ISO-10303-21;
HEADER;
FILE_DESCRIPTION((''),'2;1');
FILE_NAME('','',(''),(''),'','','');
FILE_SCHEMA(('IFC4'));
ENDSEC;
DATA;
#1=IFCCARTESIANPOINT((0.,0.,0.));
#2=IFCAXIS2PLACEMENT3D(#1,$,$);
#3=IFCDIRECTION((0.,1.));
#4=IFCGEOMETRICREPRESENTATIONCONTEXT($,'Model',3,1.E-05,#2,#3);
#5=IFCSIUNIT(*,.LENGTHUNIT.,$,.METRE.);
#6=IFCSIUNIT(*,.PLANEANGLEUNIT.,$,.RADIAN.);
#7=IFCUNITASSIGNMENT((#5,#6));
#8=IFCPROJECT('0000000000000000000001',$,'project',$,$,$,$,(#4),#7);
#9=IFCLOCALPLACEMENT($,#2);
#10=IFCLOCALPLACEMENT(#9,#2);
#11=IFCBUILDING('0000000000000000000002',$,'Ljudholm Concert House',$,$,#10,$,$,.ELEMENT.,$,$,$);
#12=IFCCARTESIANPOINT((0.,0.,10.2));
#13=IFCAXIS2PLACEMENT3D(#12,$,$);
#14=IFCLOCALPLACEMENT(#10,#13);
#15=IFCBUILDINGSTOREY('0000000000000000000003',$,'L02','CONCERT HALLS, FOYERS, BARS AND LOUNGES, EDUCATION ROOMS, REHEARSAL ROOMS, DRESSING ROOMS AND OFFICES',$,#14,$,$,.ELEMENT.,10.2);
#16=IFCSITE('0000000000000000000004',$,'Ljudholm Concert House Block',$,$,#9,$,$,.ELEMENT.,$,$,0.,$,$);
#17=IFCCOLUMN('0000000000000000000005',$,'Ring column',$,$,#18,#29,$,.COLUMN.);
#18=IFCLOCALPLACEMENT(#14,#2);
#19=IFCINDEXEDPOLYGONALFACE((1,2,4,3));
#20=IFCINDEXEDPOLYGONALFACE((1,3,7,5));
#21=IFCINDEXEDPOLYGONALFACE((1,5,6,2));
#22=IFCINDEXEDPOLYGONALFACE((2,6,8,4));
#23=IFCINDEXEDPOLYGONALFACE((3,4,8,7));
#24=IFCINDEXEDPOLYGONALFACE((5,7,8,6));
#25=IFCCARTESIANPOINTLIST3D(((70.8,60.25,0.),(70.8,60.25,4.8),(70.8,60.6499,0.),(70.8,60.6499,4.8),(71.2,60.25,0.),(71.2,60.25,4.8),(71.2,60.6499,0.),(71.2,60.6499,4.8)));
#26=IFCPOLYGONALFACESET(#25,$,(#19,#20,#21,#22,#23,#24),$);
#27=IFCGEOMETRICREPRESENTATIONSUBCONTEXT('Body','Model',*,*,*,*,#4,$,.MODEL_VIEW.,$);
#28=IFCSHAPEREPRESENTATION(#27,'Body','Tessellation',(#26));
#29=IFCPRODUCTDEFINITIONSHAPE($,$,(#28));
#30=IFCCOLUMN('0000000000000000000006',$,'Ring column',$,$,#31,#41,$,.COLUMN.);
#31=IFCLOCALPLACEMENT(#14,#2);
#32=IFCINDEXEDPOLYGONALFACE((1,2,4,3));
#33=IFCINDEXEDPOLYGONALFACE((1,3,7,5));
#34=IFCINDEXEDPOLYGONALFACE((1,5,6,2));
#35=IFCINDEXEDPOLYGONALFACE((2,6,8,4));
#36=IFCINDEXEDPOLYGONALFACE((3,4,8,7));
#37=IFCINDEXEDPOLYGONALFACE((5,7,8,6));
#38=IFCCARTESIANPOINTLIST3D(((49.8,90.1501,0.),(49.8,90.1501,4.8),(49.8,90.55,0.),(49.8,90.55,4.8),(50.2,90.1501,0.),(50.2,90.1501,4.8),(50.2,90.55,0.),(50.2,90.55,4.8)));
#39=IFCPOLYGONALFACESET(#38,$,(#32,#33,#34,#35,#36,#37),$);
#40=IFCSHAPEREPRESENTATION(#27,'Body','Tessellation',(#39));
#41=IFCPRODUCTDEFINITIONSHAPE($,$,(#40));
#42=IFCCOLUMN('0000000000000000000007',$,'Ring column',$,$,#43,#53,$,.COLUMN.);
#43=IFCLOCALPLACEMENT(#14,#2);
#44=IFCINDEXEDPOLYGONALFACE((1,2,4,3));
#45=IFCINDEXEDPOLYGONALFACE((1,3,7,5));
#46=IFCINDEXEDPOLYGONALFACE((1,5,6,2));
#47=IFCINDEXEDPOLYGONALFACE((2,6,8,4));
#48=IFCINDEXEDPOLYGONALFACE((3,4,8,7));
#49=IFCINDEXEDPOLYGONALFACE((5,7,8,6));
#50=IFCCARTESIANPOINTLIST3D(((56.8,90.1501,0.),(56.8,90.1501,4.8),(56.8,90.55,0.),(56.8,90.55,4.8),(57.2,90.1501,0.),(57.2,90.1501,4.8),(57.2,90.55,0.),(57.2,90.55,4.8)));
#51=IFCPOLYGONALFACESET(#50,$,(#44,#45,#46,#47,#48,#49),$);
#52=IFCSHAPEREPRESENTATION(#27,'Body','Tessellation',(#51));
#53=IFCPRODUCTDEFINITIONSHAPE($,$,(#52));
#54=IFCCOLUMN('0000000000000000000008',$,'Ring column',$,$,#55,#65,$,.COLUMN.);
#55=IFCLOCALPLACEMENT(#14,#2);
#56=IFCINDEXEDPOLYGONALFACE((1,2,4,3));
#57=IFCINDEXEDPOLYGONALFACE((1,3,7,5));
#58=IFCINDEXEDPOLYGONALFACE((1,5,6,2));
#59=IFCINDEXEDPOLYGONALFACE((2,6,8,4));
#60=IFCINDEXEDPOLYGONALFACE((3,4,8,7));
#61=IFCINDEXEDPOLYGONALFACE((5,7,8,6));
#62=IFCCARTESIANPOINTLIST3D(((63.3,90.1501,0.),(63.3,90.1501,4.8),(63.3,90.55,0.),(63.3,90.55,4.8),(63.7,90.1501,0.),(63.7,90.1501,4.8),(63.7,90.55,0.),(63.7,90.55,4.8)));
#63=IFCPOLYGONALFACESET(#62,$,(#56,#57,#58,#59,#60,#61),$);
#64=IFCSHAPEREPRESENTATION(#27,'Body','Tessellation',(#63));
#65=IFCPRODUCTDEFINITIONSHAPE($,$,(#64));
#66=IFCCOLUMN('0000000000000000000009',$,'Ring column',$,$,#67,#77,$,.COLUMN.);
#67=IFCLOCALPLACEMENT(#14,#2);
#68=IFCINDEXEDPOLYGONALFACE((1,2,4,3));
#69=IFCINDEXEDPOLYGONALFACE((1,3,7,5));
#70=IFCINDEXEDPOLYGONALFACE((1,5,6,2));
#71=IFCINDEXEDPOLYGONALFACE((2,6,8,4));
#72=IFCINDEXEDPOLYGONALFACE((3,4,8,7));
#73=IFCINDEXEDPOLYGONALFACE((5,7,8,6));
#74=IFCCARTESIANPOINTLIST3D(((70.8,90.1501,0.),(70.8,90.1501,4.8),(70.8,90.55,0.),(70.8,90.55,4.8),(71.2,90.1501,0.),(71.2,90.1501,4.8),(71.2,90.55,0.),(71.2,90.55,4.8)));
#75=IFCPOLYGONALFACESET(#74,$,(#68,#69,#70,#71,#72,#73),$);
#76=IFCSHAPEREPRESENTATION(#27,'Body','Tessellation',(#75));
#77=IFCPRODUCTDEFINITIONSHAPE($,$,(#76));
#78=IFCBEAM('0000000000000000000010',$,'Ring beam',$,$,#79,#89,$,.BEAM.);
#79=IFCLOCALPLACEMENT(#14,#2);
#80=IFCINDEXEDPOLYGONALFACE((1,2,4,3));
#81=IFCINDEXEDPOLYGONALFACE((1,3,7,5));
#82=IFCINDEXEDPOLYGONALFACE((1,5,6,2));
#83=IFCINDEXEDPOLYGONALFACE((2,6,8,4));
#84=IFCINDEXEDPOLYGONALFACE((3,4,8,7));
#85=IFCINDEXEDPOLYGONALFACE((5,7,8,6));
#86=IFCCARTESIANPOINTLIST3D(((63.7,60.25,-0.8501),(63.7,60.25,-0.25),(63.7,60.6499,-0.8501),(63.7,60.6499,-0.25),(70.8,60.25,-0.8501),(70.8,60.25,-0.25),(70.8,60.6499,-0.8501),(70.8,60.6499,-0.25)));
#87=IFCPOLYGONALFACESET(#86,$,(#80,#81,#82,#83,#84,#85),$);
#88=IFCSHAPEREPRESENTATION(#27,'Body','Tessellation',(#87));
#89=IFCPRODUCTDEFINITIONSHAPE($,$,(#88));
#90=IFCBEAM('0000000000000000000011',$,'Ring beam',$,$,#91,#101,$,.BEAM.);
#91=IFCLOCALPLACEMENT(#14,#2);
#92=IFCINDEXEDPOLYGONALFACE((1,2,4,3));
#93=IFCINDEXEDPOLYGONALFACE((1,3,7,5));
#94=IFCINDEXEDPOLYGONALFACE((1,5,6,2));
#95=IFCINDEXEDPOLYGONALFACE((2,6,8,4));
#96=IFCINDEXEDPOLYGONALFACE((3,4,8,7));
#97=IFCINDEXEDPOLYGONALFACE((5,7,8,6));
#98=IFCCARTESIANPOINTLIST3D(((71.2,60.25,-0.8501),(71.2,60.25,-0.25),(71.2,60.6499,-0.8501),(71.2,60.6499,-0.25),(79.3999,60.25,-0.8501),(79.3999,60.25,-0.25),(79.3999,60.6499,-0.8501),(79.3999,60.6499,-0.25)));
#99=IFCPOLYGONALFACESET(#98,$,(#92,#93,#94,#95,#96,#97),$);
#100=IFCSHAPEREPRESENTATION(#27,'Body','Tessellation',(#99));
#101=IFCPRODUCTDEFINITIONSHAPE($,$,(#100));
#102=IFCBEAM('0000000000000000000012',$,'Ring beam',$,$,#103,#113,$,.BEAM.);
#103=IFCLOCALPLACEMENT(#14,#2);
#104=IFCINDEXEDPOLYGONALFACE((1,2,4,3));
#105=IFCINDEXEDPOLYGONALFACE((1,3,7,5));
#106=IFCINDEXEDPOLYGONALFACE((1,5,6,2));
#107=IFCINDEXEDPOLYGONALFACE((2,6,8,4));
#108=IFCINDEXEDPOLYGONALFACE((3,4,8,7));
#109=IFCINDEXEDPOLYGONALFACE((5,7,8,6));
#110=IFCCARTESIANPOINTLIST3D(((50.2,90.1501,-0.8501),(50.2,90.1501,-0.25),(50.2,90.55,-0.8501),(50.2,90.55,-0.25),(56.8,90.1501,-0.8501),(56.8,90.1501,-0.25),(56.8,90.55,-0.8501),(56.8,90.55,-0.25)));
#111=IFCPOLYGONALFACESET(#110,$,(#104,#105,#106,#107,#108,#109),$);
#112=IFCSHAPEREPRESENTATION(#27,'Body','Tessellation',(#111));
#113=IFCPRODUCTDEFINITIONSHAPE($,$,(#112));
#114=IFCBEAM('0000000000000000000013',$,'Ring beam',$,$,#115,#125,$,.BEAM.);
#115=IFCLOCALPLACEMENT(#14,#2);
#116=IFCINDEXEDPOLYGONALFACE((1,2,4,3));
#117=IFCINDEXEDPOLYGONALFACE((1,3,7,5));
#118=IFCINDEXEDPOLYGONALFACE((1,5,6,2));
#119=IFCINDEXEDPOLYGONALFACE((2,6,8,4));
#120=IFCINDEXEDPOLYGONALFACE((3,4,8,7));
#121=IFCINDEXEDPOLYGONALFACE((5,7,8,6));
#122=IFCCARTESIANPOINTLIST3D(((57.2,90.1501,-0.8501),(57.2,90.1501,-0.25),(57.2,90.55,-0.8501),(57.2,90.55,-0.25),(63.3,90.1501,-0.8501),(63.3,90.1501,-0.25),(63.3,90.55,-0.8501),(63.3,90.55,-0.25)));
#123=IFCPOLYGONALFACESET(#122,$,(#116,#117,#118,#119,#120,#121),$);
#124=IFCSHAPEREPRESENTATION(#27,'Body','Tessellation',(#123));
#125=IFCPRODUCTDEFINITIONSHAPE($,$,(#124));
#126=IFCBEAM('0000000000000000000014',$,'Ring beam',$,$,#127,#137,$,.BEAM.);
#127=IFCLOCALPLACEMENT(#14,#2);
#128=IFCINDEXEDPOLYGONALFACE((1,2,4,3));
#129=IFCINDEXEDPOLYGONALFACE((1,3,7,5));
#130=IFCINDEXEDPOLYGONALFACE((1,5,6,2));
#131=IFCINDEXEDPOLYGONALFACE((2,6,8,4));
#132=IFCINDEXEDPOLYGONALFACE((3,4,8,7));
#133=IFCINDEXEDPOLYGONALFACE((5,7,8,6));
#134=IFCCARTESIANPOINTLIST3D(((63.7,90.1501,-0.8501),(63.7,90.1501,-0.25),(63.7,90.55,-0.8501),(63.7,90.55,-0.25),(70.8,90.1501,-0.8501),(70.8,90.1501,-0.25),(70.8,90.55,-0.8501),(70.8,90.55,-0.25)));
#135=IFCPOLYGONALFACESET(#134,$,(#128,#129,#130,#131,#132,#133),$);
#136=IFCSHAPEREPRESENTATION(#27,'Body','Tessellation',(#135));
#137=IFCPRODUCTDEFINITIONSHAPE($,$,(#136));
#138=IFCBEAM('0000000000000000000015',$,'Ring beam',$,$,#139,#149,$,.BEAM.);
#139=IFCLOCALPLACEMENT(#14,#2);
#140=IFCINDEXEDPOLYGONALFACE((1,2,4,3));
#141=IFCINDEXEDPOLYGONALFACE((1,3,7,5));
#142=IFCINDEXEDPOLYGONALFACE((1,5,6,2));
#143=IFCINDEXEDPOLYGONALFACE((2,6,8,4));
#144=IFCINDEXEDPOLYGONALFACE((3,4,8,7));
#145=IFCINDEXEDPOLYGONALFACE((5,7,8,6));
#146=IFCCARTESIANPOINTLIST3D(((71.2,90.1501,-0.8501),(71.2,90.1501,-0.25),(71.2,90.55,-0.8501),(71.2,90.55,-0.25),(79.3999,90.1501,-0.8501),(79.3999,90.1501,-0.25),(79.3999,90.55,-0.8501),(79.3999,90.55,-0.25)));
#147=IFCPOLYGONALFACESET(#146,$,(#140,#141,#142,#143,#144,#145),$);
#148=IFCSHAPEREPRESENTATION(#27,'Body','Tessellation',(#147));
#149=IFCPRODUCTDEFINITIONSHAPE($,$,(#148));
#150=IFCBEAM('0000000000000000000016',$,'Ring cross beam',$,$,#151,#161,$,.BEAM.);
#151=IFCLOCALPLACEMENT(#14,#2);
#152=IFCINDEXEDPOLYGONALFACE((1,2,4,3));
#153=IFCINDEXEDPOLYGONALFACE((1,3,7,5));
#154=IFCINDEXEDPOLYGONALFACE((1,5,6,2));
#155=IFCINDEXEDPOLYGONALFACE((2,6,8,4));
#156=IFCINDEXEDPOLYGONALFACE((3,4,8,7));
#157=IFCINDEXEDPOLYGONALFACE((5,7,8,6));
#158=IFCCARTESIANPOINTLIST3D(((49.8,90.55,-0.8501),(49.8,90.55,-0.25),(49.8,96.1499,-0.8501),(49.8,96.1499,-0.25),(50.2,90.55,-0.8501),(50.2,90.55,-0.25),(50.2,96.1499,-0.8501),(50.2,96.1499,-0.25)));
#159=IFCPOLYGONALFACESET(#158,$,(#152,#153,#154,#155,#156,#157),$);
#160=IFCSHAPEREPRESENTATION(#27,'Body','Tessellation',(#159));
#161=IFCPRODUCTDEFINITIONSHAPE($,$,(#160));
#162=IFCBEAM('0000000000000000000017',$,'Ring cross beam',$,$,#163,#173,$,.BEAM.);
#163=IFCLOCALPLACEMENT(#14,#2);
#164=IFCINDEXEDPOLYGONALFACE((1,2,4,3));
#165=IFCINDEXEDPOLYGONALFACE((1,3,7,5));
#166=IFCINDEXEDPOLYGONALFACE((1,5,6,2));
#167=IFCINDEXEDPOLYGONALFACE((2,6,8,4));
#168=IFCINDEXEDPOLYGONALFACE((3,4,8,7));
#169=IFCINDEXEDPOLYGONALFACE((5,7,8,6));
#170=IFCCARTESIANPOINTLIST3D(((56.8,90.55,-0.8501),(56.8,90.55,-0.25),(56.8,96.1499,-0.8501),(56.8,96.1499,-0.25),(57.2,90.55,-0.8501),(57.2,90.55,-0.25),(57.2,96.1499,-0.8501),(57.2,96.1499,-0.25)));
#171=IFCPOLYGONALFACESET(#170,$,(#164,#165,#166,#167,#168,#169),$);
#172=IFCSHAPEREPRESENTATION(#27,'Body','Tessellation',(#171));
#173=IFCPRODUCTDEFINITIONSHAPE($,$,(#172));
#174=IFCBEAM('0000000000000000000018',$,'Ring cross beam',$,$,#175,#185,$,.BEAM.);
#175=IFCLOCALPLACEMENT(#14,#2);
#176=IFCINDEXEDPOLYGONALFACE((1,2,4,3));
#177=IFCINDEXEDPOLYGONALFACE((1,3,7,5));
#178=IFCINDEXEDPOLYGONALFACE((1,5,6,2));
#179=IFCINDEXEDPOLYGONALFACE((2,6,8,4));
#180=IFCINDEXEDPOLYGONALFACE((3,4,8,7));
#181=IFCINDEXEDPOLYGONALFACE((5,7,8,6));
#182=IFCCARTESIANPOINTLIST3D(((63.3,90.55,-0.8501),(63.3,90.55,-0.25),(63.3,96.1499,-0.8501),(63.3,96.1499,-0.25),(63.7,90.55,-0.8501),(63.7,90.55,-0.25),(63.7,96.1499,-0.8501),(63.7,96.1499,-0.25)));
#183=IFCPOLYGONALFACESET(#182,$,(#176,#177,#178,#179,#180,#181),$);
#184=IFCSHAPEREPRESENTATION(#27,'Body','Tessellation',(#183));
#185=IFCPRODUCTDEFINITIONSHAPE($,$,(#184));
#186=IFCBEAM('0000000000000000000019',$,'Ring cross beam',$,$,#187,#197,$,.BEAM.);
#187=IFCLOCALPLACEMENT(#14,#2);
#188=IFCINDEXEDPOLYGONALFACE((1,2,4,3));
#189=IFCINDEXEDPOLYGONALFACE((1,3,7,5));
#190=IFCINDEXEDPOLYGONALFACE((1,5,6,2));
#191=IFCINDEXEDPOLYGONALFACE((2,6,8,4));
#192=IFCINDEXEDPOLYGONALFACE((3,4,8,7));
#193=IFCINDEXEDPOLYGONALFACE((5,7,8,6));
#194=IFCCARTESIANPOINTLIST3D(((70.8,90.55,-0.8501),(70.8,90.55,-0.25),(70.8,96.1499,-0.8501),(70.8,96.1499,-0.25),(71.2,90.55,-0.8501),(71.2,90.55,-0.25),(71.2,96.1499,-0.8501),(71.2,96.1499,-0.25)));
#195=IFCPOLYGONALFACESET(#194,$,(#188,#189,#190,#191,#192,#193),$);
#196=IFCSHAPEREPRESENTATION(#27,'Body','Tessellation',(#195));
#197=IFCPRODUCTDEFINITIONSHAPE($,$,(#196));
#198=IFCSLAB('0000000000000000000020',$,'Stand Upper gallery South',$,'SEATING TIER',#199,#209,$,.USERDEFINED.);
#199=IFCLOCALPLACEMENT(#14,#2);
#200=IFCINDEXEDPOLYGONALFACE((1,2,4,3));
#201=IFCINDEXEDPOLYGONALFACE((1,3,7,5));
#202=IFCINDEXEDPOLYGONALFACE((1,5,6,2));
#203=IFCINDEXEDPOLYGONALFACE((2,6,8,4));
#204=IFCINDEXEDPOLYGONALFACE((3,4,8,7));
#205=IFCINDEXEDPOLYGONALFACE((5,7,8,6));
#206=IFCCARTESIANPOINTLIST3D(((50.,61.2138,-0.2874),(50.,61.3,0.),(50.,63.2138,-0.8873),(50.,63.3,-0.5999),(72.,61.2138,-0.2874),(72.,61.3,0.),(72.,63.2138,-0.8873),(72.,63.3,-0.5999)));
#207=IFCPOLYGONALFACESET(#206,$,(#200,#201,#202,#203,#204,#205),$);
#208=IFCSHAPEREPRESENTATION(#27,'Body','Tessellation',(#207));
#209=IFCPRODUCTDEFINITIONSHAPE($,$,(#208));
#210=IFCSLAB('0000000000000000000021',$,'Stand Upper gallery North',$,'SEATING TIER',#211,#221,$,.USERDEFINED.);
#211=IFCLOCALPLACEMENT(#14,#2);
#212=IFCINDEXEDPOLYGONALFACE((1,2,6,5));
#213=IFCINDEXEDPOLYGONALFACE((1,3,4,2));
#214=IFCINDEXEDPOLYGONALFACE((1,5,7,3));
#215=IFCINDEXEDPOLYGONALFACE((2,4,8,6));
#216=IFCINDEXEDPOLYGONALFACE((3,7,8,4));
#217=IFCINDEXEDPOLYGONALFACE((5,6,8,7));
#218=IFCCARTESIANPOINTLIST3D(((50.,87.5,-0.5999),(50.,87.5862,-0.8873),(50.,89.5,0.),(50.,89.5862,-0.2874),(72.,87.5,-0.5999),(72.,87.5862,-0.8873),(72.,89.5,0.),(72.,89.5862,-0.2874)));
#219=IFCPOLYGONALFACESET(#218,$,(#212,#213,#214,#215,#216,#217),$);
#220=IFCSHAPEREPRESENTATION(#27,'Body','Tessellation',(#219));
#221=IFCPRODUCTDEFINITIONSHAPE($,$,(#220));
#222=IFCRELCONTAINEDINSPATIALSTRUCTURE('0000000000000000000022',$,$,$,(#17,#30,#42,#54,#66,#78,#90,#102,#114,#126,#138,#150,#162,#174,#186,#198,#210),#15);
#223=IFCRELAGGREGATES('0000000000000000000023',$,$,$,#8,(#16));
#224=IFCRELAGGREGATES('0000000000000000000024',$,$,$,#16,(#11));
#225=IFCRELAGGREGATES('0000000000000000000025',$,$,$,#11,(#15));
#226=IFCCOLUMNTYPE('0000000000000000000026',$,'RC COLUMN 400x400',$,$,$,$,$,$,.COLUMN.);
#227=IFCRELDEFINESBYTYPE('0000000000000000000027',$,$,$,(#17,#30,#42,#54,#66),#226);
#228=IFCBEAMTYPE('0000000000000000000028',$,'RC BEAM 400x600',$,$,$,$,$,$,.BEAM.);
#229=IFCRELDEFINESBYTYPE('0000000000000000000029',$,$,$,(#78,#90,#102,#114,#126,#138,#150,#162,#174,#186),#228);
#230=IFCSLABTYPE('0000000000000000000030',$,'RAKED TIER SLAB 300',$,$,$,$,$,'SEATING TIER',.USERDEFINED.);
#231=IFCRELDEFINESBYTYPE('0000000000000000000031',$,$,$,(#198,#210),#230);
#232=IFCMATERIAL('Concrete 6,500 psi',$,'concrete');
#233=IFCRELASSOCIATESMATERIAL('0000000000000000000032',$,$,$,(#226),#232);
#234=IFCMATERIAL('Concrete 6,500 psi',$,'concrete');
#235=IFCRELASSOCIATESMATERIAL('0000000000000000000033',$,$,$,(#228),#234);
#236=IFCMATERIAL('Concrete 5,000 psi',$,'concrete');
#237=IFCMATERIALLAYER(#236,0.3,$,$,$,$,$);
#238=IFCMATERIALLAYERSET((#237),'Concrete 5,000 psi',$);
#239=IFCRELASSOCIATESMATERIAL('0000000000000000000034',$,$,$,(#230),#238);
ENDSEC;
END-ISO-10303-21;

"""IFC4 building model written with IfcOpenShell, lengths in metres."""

from ifc_helpers import new_model, si_unit, direction, frame, origin, origin_2d, place, context, subcontext, project, spatial, polyline, rectangle, outline, extrude, material, layer, layer_set, material_profile, profile_set, type_object, element, save


model = new_model("IFC4")

# Units and contexts
model_context = context("Model", 3, precision=1e-05, world=origin(), true_north=direction((0.0, 1.0)))
body_context = subcontext(model_context, "Body", "Model", "MODEL_VIEW")
ifc_project = project(units=[si_unit("LENGTHUNIT", "METRE"), si_unit("PLANEANGLEUNIT", "RADIAN")], contexts=[model_context])

# Site, building, storey
site_placement = place(None, origin())
site = spatial("IfcSite", under=ifc_project, at=site_placement, Name="Ljudholm Concert House Block", CompositionType="ELEMENT", RefElevation=0.0)
building_placement = place(site_placement, origin())
building = spatial("IfcBuilding", under=site, at=building_placement, Name="Ljudholm Concert House", CompositionType="ELEMENT")
storey_placement = place(building_placement, frame((0.0, 0.0, 10.2)))
storey = spatial("IfcBuildingStorey", under=building, at=storey_placement, Name="L02", Description="CONCERT HALLS, FOYERS, BARS AND LOUNGES, EDUCATION ROOMS, REHEARSAL ROOMS, DRESSING ROOMS AND OFFICES", CompositionType="ELEMENT", Elevation=10.2)

# Columns
ifc_material_1 = material(Name="Concrete 6,500 psi", Category="concrete")
ifc_material_profile_1 = material_profile(ifc_material_1, rectangle(XDim=0.3999, YDim=0.3999, at=origin_2d()), Name="RC COLUMN 400x400")
ifc_profile_set_1 = profile_set([ifc_material_profile_1], Name="Concrete 6,500 psi")
column_type = type_object("IfcColumnType", Name="RC COLUMN 400x400", PredefinedType="COLUMN", material=ifc_profile_set_1)
for number, where, z_axis, x_axis, name in (
    (1, (71.0, 60.45, 0.0), (0.0, 0.0, 1.0), (1.0, 0.0, 0.0), "Ring column"),
    (2, (50.0, 90.3501, 0.0), (0.0, 0.0, 1.0), (1.0, 0.0, 0.0), "Ring column"),
    (3, (57.0, 90.3501, 0.0), (0.0, 0.0, 1.0), (1.0, 0.0, 0.0), "Ring column"),
    (4, (63.5, 90.3501, 0.0), (0.0, 0.0, 1.0), (1.0, 0.0, 0.0), "Ring column"),
    (5, (71.0, 90.3501, 0.0), (0.0, 0.0, 1.0), (1.0, 0.0, 0.0), "Ring column"),
):
    element("IfcColumn", number, at=place(storey_placement, frame(where, z_axis=z_axis, x_axis=x_axis)), inside=storey, type_object=column_type, Name=name, PredefinedType="COLUMN", context=body_context, shape_type="SweptSolid", body=[
        extrude(rectangle(XDim=0.3999, YDim=0.3999, at=origin_2d()), origin(), (0.0, 0.0, 1.0), 4.8),
    ])

# Beams
ifc_material_2 = material(Name="Concrete 6,500 psi", Category="concrete")
ifc_material_profile_2 = material_profile(ifc_material_2, rectangle(XDim=0.3999, YDim=0.6001, at=origin_2d()), Name="RC BEAM 400x600")
ifc_profile_set_2 = profile_set([ifc_material_profile_2], Name="Concrete 6,500 psi")
beam_type = type_object("IfcBeamType", Name="RC BEAM 400x600", PredefinedType="BEAM", material=ifc_profile_set_2)
beam_1_placement = place(storey_placement, frame((63.7, 60.45, -0.55), z_axis=(1.0, 0.0, 0.0), x_axis=(0.0, 1.0, 0.0)))
element("IfcBeam", 6, at=beam_1_placement, inside=storey, type_object=beam_type, Name="Ring beam", PredefinedType="BEAM", context=body_context, shape_type="SweptSolid", body=[
    extrude(rectangle(XDim=0.3999, YDim=0.6001, at=origin_2d()), origin(), (0.0, 0.0, 1.0), 7.1001),
])
beam_2_placement = place(storey_placement, frame((71.2, 60.45, -0.55), z_axis=(1.0, 0.0, 0.0), x_axis=(0.0, 1.0, 0.0)))
element("IfcBeam", 7, at=beam_2_placement, inside=storey, type_object=beam_type, Name="Ring beam", PredefinedType="BEAM", context=body_context, shape_type="SweptSolid", body=[
    extrude(rectangle(XDim=0.3999, YDim=0.6001, at=origin_2d()), origin(), (0.0, 0.0, 1.0), 8.2),
])
beam_3_placement = place(storey_placement, frame((50.2, 90.3501, -0.55), z_axis=(1.0, 0.0, 0.0), x_axis=(0.0, 1.0, 0.0)))
element("IfcBeam", 8, at=beam_3_placement, inside=storey, type_object=beam_type, Name="Ring beam", PredefinedType="BEAM", context=body_context, shape_type="SweptSolid", body=[
    extrude(rectangle(XDim=0.3999, YDim=0.6001, at=origin_2d()), origin(), (0.0, 0.0, 1.0), 6.6001),
])
beam_4_placement = place(storey_placement, frame((57.2, 90.3501, -0.55), z_axis=(1.0, 0.0, 0.0), x_axis=(0.0, 1.0, 0.0)))
element("IfcBeam", 9, at=beam_4_placement, inside=storey, type_object=beam_type, Name="Ring beam", PredefinedType="BEAM", context=body_context, shape_type="SweptSolid", body=[
    extrude(rectangle(XDim=0.3999, YDim=0.6001, at=origin_2d()), origin(), (0.0, 0.0, 1.0), 6.1001),
])
beam_5_placement = place(storey_placement, frame((63.7, 90.3501, -0.55), z_axis=(1.0, 0.0, 0.0), x_axis=(0.0, 1.0, 0.0)))
element("IfcBeam", 10, at=beam_5_placement, inside=storey, type_object=beam_type, Name="Ring beam", PredefinedType="BEAM", context=body_context, shape_type="SweptSolid", body=[
    extrude(rectangle(XDim=0.3999, YDim=0.6001, at=origin_2d()), origin(), (0.0, 0.0, 1.0), 7.1001),
])
beam_6_placement = place(storey_placement, frame((71.2, 90.3501, -0.55), z_axis=(1.0, 0.0, 0.0), x_axis=(0.0, 1.0, 0.0)))
element("IfcBeam", 11, at=beam_6_placement, inside=storey, type_object=beam_type, Name="Ring beam", PredefinedType="BEAM", context=body_context, shape_type="SweptSolid", body=[
    extrude(rectangle(XDim=0.3999, YDim=0.6001, at=origin_2d()), origin(), (0.0, 0.0, 1.0), 8.2),
])
for number, where, z_axis, x_axis, name in (
    (12, (50.0, 90.55, -0.55), (0.0, 1.0, 0.0), (-1.0, 0.0, 0.0), "Ring cross beam"),
    (13, (57.0, 90.55, -0.55), (0.0, 1.0, 0.0), (-1.0, 0.0, 0.0), "Ring cross beam"),
    (14, (63.5, 90.55, -0.55), (0.0, 1.0, 0.0), (-1.0, 0.0, 0.0), "Ring cross beam"),
    (15, (71.0, 90.55, -0.55), (0.0, 1.0, 0.0), (-1.0, 0.0, 0.0), "Ring cross beam"),
):
    element("IfcBeam", number, at=place(storey_placement, frame(where, z_axis=z_axis, x_axis=x_axis)), inside=storey, type_object=beam_type, Name=name, PredefinedType="BEAM", context=body_context, shape_type="SweptSolid", body=[
        extrude(rectangle(XDim=0.3999, YDim=0.6001, at=origin_2d()), origin(), (0.0, 0.0, 1.0), 5.5999),
    ])

# Slabs
ifc_material_3 = material(Name="Concrete 5,000 psi", Category="concrete")
ifc_layer_1 = layer(ifc_material_3, 0.3)
ifc_layer_set_1 = layer_set([ifc_layer_1], Name="Concrete 5,000 psi")
slab_type = type_object("IfcSlabType", Name="RAKED TIER SLAB 300", ElementType="SEATING TIER", PredefinedType="USERDEFINED", material=ifc_layer_set_1)
for number, where, z_axis, x_axis, name in (
    (16, (72.0, 61.3, 0.0), (0.0, 0.287284, 0.957846), (0.0, 0.957846, -0.287284), "Stand Upper gallery South"),
    (17, (72.0, 87.5, -0.5999), (0.0, -0.287284, 0.957846), (0.0, 0.957846, 0.287284), "Stand Upper gallery North"),
):
    element("IfcSlab", number, at=place(storey_placement, frame(where, z_axis=z_axis, x_axis=x_axis)), inside=storey, type_object=slab_type, Name=name, ObjectType="SEATING TIER", PredefinedType="USERDEFINED", context=body_context, shape_type="SweptSolid", body=[
        extrude(outline(polyline([(0.0, 0.0), (2.088, 0.0), (2.088, 22.0), (0.0, 22.0), (0.0, 0.0)])), origin(), (0.0, 0.0, -1.0), 0.3),
    ])

save(model, "model.ifc")
